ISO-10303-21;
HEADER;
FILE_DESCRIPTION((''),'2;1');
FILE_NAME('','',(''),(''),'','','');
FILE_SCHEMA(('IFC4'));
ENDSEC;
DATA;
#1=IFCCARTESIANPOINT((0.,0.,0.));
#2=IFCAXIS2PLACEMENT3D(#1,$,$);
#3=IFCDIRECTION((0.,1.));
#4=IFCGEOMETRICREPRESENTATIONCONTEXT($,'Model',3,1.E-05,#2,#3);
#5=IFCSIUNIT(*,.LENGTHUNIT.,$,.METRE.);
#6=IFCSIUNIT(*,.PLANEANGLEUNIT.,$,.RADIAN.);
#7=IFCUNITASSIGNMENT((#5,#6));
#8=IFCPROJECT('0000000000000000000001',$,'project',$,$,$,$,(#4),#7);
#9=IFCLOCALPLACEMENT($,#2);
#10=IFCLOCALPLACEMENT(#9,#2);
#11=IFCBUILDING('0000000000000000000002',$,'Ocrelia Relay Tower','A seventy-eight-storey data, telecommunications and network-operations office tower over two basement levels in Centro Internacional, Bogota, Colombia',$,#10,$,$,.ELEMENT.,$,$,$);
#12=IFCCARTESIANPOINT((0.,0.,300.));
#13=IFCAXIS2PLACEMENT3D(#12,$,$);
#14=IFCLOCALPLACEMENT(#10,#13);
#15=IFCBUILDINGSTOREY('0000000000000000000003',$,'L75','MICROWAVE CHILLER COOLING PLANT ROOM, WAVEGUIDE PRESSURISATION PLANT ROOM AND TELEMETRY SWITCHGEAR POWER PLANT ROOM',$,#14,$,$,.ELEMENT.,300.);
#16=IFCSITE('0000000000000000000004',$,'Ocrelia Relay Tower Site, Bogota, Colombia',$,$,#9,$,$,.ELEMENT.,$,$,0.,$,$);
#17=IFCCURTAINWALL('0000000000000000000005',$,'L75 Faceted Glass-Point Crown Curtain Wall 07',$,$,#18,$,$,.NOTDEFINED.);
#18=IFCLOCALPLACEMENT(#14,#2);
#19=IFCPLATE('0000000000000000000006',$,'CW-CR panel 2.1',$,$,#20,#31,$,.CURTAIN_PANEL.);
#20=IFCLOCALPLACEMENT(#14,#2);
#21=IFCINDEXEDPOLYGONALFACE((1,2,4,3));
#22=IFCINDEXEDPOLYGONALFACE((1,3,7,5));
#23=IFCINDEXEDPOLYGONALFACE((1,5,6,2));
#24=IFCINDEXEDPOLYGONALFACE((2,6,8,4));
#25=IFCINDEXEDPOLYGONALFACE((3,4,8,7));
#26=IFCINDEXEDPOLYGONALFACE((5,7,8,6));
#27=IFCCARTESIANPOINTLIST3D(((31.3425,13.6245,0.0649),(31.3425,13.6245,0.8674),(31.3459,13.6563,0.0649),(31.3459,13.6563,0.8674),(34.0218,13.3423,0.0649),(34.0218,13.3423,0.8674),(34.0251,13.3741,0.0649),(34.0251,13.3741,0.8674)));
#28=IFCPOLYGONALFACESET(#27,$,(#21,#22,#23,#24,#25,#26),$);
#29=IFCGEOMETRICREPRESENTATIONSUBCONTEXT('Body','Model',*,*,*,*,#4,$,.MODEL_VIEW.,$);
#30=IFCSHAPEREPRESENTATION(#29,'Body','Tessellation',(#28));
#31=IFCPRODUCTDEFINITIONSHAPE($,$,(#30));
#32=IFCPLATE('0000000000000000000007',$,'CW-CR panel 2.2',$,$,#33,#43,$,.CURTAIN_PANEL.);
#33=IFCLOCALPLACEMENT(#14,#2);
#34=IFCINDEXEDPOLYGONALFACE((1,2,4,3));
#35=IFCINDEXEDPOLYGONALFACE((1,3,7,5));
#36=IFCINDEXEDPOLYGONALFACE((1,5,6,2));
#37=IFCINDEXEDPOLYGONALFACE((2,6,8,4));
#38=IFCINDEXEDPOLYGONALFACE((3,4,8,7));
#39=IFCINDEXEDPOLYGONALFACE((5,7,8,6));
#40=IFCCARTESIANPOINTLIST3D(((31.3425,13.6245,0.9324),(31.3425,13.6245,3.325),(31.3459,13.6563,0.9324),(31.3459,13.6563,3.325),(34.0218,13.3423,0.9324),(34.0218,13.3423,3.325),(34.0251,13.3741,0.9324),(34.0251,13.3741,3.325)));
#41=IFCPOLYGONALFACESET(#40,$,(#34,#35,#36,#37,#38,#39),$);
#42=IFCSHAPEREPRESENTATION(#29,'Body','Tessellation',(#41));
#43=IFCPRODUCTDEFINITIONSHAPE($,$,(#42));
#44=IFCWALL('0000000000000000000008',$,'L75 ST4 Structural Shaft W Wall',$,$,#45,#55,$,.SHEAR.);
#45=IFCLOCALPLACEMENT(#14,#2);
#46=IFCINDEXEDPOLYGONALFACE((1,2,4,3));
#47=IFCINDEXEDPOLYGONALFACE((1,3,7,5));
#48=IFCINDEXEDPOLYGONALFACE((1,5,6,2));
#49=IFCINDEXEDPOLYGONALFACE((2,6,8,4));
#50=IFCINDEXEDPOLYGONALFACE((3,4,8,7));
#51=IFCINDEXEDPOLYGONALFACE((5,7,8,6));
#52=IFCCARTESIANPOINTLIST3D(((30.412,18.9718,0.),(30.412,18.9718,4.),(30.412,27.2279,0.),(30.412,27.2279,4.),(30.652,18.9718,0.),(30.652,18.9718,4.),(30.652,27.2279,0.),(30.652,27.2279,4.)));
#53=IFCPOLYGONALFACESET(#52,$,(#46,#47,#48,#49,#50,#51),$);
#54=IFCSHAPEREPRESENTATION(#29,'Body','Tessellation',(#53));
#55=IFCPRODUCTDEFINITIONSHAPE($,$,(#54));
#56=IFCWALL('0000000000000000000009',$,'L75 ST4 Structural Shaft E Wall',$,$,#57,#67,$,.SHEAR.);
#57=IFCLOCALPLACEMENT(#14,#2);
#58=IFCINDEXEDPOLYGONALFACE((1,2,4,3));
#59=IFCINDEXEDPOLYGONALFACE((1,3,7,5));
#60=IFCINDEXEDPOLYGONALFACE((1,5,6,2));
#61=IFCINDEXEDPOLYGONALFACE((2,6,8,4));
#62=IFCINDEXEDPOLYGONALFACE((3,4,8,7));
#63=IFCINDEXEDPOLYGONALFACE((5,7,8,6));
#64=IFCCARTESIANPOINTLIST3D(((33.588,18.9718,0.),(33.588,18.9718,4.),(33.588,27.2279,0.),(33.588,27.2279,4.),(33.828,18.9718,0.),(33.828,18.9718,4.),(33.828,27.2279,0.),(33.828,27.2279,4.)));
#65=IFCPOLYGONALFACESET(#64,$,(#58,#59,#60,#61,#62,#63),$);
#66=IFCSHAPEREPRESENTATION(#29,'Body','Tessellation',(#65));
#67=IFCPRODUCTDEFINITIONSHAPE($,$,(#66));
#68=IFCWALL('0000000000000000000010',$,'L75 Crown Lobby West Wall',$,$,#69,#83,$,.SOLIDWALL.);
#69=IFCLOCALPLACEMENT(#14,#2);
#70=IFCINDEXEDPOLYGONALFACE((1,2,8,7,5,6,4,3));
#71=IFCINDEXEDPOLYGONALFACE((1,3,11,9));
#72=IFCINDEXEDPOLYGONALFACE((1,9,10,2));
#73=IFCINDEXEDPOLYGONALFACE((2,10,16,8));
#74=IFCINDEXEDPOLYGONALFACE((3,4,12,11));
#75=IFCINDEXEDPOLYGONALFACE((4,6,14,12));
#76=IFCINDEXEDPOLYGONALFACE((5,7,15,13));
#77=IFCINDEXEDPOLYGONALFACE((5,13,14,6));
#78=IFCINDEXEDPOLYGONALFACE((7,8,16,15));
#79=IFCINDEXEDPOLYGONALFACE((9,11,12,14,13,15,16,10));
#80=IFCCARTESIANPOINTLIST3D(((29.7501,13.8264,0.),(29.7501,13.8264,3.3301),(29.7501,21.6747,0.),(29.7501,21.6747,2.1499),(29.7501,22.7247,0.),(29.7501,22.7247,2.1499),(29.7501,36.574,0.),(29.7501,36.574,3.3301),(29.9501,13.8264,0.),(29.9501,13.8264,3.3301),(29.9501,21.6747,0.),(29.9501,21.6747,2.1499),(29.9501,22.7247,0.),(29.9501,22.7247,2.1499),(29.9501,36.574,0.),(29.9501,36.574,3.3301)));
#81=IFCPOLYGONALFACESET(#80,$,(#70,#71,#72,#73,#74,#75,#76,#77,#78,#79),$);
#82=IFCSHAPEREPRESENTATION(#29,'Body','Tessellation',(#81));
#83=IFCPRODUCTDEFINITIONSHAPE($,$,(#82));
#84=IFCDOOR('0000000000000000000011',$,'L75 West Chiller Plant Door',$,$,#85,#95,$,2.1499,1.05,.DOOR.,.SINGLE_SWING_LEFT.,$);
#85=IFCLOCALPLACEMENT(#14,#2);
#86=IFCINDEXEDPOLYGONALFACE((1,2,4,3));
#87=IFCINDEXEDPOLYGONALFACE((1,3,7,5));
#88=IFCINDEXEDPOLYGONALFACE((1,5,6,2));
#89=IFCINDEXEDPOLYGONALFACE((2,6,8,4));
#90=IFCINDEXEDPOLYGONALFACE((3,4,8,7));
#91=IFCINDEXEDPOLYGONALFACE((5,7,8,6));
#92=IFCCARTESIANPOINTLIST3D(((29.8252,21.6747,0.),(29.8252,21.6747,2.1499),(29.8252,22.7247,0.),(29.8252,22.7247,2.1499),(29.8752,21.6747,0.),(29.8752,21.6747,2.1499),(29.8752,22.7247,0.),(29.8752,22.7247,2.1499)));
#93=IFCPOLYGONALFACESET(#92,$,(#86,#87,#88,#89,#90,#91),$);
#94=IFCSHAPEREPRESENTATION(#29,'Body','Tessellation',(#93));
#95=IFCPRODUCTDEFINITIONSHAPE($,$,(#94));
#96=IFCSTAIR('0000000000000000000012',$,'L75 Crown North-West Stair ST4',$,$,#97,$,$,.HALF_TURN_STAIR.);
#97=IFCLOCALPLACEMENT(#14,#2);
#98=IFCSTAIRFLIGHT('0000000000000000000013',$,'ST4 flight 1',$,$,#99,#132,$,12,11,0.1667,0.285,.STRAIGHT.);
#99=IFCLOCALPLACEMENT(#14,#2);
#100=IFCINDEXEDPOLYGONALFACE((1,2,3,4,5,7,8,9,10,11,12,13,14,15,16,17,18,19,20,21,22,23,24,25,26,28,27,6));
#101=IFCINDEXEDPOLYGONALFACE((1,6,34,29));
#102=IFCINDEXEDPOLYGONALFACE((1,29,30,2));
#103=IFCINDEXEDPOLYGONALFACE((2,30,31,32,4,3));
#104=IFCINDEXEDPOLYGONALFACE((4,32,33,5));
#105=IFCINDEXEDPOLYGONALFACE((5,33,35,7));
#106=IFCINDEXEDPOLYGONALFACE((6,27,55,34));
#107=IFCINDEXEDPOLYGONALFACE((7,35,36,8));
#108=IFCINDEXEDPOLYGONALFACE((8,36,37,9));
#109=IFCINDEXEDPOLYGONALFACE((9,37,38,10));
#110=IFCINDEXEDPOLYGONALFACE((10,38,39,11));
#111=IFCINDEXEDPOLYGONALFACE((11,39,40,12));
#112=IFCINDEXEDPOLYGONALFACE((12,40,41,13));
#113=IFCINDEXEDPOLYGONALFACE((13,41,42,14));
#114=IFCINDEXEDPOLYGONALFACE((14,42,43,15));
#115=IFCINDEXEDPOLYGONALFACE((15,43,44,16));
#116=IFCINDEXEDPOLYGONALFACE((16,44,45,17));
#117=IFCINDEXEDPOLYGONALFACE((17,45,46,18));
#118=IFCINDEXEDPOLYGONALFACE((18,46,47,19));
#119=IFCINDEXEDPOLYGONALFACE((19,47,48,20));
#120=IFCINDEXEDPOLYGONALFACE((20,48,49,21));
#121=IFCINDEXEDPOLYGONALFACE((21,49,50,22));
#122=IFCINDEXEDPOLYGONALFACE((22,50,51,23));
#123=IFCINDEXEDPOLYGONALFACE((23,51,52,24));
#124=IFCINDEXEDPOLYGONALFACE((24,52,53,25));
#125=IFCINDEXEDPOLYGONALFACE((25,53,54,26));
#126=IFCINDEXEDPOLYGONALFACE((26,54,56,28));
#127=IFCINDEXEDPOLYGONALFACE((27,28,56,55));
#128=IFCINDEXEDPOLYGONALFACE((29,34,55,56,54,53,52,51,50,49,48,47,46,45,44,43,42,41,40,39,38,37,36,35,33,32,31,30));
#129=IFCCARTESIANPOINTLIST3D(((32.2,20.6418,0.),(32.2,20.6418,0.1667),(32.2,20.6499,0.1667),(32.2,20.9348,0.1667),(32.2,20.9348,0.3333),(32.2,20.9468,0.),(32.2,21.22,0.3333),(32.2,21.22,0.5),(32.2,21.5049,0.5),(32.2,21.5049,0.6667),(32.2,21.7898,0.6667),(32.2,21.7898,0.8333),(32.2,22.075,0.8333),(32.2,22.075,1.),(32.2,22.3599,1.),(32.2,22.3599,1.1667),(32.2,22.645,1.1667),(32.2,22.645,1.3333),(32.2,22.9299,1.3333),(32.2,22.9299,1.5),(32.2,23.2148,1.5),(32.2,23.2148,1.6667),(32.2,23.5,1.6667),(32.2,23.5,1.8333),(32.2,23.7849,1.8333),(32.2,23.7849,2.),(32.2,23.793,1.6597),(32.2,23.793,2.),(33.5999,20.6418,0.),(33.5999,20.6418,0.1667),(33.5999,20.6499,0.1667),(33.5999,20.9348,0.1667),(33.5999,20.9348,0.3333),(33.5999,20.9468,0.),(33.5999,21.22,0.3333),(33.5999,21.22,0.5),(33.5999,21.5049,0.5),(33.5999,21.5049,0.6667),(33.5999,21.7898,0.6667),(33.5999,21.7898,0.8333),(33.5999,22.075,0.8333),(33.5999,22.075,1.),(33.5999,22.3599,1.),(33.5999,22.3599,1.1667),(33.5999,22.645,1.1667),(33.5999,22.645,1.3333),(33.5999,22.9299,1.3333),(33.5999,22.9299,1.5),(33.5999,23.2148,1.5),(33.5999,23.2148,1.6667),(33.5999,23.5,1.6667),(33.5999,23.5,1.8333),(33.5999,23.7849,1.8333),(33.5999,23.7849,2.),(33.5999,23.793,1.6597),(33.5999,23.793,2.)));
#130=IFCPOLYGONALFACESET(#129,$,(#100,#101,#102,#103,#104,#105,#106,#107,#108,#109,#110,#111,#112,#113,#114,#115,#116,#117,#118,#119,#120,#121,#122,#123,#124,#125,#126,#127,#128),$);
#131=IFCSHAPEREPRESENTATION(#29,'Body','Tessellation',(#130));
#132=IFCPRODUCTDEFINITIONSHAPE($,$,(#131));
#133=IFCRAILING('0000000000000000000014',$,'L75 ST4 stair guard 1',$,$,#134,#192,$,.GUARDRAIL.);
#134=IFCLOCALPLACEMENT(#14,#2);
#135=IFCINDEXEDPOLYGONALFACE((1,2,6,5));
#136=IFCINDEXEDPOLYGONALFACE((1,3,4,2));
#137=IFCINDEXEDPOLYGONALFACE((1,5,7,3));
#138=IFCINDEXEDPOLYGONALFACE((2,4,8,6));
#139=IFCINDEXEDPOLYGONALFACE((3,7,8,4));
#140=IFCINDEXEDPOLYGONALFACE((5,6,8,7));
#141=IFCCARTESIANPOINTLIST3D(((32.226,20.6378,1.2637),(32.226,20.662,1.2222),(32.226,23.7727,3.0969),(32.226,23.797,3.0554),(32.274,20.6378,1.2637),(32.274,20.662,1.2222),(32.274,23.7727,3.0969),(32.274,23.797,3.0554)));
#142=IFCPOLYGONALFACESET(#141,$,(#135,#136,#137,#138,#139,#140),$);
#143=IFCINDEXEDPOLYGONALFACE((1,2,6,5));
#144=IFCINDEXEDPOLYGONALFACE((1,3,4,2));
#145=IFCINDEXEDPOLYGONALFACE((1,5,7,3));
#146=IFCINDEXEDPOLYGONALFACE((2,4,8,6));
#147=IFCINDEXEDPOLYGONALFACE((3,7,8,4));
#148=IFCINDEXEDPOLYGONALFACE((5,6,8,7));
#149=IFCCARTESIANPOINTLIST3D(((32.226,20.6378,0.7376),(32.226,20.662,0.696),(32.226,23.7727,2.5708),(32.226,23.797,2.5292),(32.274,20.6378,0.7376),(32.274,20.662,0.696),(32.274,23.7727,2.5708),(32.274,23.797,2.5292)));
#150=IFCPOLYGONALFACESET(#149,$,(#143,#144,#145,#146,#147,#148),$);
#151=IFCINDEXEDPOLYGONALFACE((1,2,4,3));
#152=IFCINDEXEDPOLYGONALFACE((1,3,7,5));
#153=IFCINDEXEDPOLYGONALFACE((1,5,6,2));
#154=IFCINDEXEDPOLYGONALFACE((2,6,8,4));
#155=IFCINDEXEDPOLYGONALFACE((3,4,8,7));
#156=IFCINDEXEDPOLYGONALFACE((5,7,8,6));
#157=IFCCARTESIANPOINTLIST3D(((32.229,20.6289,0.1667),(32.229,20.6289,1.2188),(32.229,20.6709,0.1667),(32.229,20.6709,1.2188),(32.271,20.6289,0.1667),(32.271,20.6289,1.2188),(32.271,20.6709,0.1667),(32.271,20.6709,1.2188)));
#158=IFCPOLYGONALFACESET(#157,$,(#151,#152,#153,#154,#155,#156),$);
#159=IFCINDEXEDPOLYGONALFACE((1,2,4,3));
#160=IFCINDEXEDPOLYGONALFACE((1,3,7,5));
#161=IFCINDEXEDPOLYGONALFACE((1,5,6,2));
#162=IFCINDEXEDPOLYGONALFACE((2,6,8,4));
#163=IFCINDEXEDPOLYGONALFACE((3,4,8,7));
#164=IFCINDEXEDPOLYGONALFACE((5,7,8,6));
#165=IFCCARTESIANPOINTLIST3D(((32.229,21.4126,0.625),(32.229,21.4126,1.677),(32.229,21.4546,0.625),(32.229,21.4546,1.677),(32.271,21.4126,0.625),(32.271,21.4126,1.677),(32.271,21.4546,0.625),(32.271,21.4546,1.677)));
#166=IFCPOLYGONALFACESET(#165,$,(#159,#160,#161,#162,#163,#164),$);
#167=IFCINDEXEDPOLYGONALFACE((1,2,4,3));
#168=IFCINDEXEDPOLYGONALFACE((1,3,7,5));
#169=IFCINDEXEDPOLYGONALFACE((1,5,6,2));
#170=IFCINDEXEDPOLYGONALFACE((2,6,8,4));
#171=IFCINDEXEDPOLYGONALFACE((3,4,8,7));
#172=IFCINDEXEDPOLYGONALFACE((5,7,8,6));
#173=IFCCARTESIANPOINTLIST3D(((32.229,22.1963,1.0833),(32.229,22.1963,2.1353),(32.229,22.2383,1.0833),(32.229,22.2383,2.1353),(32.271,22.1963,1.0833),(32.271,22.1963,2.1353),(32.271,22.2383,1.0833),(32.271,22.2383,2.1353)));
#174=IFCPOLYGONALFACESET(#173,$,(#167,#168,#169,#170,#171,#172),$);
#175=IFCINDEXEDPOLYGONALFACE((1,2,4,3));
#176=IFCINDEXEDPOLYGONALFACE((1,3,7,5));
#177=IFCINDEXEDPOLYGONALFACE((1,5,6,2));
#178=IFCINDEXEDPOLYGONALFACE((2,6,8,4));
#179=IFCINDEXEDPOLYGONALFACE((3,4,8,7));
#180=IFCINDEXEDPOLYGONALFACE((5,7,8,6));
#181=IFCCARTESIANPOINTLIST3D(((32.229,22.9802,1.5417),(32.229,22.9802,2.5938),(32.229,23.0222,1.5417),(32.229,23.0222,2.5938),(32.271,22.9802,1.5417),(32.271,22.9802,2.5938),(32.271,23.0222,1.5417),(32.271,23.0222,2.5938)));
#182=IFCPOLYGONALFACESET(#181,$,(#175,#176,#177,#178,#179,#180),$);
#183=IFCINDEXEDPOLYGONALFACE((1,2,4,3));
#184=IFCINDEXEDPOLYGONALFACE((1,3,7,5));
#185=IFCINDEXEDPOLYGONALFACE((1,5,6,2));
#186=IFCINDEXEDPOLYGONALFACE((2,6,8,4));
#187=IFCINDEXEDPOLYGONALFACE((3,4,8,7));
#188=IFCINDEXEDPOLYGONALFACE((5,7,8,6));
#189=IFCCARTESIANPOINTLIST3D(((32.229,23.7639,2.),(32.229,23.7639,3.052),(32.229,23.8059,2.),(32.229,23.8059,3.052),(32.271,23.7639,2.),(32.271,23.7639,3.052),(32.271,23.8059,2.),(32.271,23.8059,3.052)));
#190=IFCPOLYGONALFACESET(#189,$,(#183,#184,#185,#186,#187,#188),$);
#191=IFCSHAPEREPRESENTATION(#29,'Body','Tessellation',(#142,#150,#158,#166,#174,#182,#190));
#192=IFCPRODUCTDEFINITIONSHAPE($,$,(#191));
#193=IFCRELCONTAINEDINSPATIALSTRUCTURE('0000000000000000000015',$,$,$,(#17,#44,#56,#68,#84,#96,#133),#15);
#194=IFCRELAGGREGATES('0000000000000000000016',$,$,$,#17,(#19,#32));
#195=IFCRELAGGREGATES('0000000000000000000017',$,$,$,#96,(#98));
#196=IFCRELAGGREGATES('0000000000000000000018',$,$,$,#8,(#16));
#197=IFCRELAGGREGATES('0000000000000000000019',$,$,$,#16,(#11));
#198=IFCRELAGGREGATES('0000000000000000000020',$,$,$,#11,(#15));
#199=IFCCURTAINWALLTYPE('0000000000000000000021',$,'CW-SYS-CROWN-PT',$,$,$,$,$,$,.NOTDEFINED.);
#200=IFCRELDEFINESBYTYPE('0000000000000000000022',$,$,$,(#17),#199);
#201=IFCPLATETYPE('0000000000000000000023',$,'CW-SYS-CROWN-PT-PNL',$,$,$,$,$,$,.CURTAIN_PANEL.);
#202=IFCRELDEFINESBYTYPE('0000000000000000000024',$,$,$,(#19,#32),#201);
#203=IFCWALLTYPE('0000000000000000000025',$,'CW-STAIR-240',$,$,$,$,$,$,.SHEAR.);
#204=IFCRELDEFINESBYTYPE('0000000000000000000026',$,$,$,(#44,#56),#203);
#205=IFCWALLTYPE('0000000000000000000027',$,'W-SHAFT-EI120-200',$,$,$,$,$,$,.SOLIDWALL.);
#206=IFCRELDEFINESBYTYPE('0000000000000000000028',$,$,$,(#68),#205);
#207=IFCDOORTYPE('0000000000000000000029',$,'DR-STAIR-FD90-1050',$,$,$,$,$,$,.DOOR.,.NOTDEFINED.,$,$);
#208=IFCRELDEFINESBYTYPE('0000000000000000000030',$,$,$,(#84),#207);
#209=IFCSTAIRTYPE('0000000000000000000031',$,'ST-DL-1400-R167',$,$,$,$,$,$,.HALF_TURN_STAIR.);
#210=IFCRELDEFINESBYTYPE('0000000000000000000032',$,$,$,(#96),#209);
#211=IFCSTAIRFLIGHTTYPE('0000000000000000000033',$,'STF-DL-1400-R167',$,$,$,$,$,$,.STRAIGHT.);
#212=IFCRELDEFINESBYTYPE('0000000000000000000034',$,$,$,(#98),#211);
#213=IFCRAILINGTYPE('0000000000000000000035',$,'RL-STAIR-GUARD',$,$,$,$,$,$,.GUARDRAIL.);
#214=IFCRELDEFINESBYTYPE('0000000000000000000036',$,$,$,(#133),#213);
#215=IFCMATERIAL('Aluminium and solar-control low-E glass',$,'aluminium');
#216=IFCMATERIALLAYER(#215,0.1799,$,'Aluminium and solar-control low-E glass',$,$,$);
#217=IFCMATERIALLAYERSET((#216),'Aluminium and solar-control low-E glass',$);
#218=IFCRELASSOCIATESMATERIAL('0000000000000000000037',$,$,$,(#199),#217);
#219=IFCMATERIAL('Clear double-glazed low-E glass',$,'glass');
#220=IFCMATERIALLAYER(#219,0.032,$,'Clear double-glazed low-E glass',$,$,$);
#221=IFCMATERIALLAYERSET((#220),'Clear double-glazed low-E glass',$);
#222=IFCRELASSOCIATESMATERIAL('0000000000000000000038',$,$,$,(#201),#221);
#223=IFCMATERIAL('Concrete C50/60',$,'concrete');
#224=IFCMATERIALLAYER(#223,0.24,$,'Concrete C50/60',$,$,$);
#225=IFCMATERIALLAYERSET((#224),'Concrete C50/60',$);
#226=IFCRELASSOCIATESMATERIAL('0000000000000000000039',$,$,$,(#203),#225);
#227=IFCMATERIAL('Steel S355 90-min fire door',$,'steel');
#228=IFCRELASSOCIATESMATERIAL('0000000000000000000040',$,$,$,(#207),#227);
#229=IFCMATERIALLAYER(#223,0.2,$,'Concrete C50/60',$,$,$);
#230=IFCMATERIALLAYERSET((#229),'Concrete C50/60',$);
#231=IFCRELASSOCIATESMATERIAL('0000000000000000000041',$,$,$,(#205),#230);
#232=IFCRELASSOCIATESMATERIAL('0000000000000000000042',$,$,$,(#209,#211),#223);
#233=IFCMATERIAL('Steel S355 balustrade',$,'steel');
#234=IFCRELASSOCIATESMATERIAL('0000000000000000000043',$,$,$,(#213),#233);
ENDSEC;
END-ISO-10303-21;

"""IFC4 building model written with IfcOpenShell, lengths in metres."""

from ifc_helpers import new_model, si_unit, direction, frame, frame_2d, origin, origin_2d, place, context, subcontext, project, spatial, polyline, rectangle, outline, extrude, material, layer, layer_set, type_object, element, fill, aggregate, save


model = new_model("IFC4")

# Units and contexts
model_context = context("Model", 3, precision=1e-05, world=origin(), true_north=direction((0.0, 1.0)))
body_context = subcontext(model_context, "Body", "Model", "MODEL_VIEW")
ifc_project = project(units=[si_unit("LENGTHUNIT", "METRE"), si_unit("PLANEANGLEUNIT", "RADIAN")], contexts=[model_context])

# Site, building, storey
site_placement = place(None, origin())
site = spatial("IfcSite", under=ifc_project, at=site_placement, Name="Ocrelia Relay Tower Site, Bogota, Colombia", CompositionType="ELEMENT", RefElevation=0.0)
building_placement = place(site_placement, origin())
building = spatial("IfcBuilding", under=site, at=building_placement, Name="Ocrelia Relay Tower", Description="A seventy-eight-storey data, telecommunications and network-operations office tower over two basement levels in Centro Internacional, Bogota, Colombia", CompositionType="ELEMENT")
storey_placement = place(building_placement, frame((0.0, 0.0, 300.0)))
storey = spatial("IfcBuildingStorey", under=building, at=storey_placement, Name="L75", Description="MICROWAVE CHILLER COOLING PLANT ROOM, WAVEGUIDE PRESSURISATION PLANT ROOM AND TELEMETRY SWITCHGEAR POWER PLANT ROOM", CompositionType="ELEMENT", Elevation=300.0)

# Curtain wall
ifc_material_1 = material(Name="Aluminium and solar-control low-E glass", Category="aluminium")
ifc_layer_1 = layer(ifc_material_1, 0.1799, Name="Aluminium and solar-control low-E glass")
ifc_layer_set_1 = layer_set([ifc_layer_1], Name="Aluminium and solar-control low-E glass")
curtain_wall_type = type_object("IfcCurtainWallType", Name="CW-SYS-CROWN-PT", PredefinedType="NOTDEFINED", material=ifc_layer_set_1)
curtain_wall_1_placement = place(storey_placement, origin())
curtain_wall_1 = element("IfcCurtainWall", 1, at=curtain_wall_1_placement, inside=storey, type_object=curtain_wall_type, Name="L75 Faceted Glass-Point Crown Curtain Wall 07", PredefinedType="NOTDEFINED")

# Plates
ifc_material_2 = material(Name="Clear double-glazed low-E glass", Category="glass")
ifc_layer_2 = layer(ifc_material_2, 0.032, Name="Clear double-glazed low-E glass")
ifc_layer_set_2 = layer_set([ifc_layer_2], Name="Clear double-glazed low-E glass")
plate_type = type_object("IfcPlateType", Name="CW-SYS-CROWN-PT-PNL", PredefinedType="CURTAIN_PANEL", material=ifc_layer_set_2)
plate_1_placement = place(storey_placement, frame((32.6838, 13.4993, 0.0649), z_axis=(0.0, 0.0, 1.0), x_axis=(0.994498, -0.104755, 0.0)))
plate_1 = element("IfcPlate", 2, at=plate_1_placement, type_object=plate_type, Name="CW-CR panel 2.1", PredefinedType="CURTAIN_PANEL", context=body_context, shape_type="SweptSolid", body=[
    extrude(rectangle(XDim=2.6941, YDim=0.032, at=origin_2d()), origin(), (0.0, 0.0, 1.0), 0.8025),
])
plate_2_placement = place(storey_placement, frame((32.6838, 13.4993, 0.9324), z_axis=(0.0, 0.0, 1.0), x_axis=(0.994498, -0.104755, 0.0)))
plate_2 = element("IfcPlate", 3, at=plate_2_placement, type_object=plate_type, Name="CW-CR panel 2.2", PredefinedType="CURTAIN_PANEL", context=body_context, shape_type="SweptSolid", body=[
    extrude(rectangle(XDim=2.6941, YDim=0.032, at=origin_2d()), origin(), (0.0, 0.0, 1.0), 2.3926),
])
aggregate(curtain_wall_1, [plate_1, plate_2])

# Shared definitions
ifc_material_3 = material(Name="Concrete C50/60", Category="concrete")
ifc_layer_3 = layer(ifc_material_3, 0.24, Name="Concrete C50/60")
ifc_layer_set_3 = layer_set([ifc_layer_3], Name="Concrete C50/60")
wall_type_1 = type_object("IfcWallType", Name="CW-STAIR-240", PredefinedType="SHEAR", material=ifc_layer_set_3)
ifc_material_4 = material(Name="Steel S355 90-min fire door", Category="steel")
door_type = type_object("IfcDoorType", Name="DR-STAIR-FD90-1050", OperationType="NOTDEFINED", PredefinedType="DOOR", material=ifc_material_4)

# Walls
for number, where, z_axis, x_axis, name in (
    (4, (30.532, 18.9719, 0.0), (0.0, 0.0, 1.0), (0.0, 1.0, 0.0), "L75 ST4 Structural Shaft W Wall"),
    (5, (33.708, 18.9719, 0.0), (0.0, 0.0, 1.0), (0.0, 1.0, 0.0), "L75 ST4 Structural Shaft E Wall"),
):
    element("IfcWall", number, at=place(storey_placement, frame(where, z_axis=z_axis, x_axis=x_axis)), inside=storey, type_object=wall_type_1, Name=name, PredefinedType="SHEAR", context=body_context, shape_type="SweptSolid", body=[
        extrude(rectangle(XDim=8.2561, YDim=0.24, at=frame_2d((4.1279, 0.0))), origin(), (0.0, 0.0, 1.0), 4.0),
    ])

# Wall, opening, door
ifc_layer_4 = layer(ifc_material_3, 0.2, Name="Concrete C50/60")
ifc_layer_set_4 = layer_set([ifc_layer_4], Name="Concrete C50/60")
wall_type_2 = type_object("IfcWallType", Name="W-SHAFT-EI120-200", PredefinedType="SOLIDWALL", material=ifc_layer_set_4)
wall_1_placement = place(storey_placement, frame((29.8501, 13.8264, 0.0), z_axis=(0.0, 0.0, 1.0), x_axis=(0.0, 1.0, 0.0)))
wall_1 = element("IfcWall", 6, at=wall_1_placement, inside=storey, type_object=wall_type_2, Name="L75 Crown Lobby West Wall", PredefinedType="SOLIDWALL", context=body_context, shape_type="SweptSolid", body=[
    extrude(rectangle(XDim=22.7476, YDim=0.2, at=frame_2d((11.3738, 0.0))), origin(), (0.0, 0.0, 1.0), 3.3301),
])
opening_1_placement = place(wall_1_placement, frame((7.8484, 0.0, 0.0)))
opening_1 = element("IfcOpeningElement", 7, at=opening_1_placement, cuts=wall_1, PredefinedType="OPENING", context=body_context, shape_type="SweptSolid", body=[
    extrude(rectangle(XDim=1.05, YDim=2.1499, at=frame_2d((0.5249, 1.075))), frame((0.0, 0.1099, 0.0), z_axis=(0.0, -1.0, 0.0), x_axis=(1.0, 0.0, 0.0)), (0.0, 0.0, 1.0), 0.22),
])
door_1_placement = place(opening_1_placement, origin())
door_1 = element("IfcDoor", 8, at=door_1_placement, inside=storey, type_object=door_type, Name="L75 West Chiller Plant Door", OperationType="SINGLE_SWING_LEFT", OverallHeight=2.1499, OverallWidth=1.05, PredefinedType="DOOR", context=body_context, shape_type="SweptSolid", body=[
    extrude(rectangle(XDim=1.05, YDim=2.1499, at=frame_2d((0.5249, 1.075))), frame((0.0, 0.0249, 0.0), z_axis=(0.0, -1.0, 0.0), x_axis=(1.0, 0.0, 0.0)), (0.0, 0.0, 1.0), 0.05),
])
fill(opening_1, door_1)

# Stair, stair flight
stair_type = type_object("IfcStairType", Name="ST-DL-1400-R167", PredefinedType="HALF_TURN_STAIR", material=ifc_material_3)
stair_placement = place(storey_placement, origin())
stair = element("IfcStair", 9, at=stair_placement, inside=storey, type_object=stair_type, Name="L75 Crown North-West Stair ST4", PredefinedType="HALF_TURN_STAIR")
stair_flight_type = type_object("IfcStairFlightType", Name="STF-DL-1400-R167", PredefinedType="STRAIGHT", material=ifc_material_3)
stair_flight_placement = place(storey_placement, frame((32.8999, 20.6499, 0.0), z_axis=(0.0, 0.0, 1.0), x_axis=(0.0, 1.0, 0.0)))
stair_flight = element("IfcStairFlight", 10, at=stair_flight_placement, type_object=stair_flight_type, Name="ST4 flight 1", NumberOfRisers=12, NumberOfTreads=11, PredefinedType="STRAIGHT", RiserHeight=0.1667, TreadLength=0.285, context=body_context, shape_type="SweptSolid", body=[
    extrude(outline(polyline([(-0.0081, 0.0), (-0.0081, 0.1667), (0.0, 0.1667), (0.2849, 0.1667), (0.2849, 0.3333), (0.5701, 0.3333), (0.5701, 0.5), (0.855, 0.5), (0.855, 0.6667), (1.1399, 0.6667), (1.1399, 0.8333), (1.425, 0.8333), (1.425, 1.0), (1.71, 1.0), (1.71, 1.1667), (1.9951, 1.1667), (1.9951, 1.3333), (2.28, 1.3333), (2.28, 1.5), (2.5649, 1.5), (2.5649, 1.6667), (2.8501, 1.6667), (2.8501, 1.8333), (3.135, 1.8333), (3.135, 2.0), (3.1431, 2.0), (3.1431, 1.6597), (0.2969, 0.0), (-0.0081, 0.0)])), frame((0.0, 0.7, 0.0), z_axis=(0.0, -1.0, 0.0), x_axis=(1.0, 0.0, 0.0)), (0.0, 0.0, 1.0), 1.3999),
])
aggregate(stair, [stair_flight])

# Railing
ifc_material_5 = material(Name="Steel S355 balustrade", Category="steel")
railing_type_1 = type_object("IfcRailingType", Name="RL-STAIR-GUARD", PredefinedType="GUARDRAIL", material=ifc_material_5)
railing_1_placement = place(storey_placement, frame((32.25, 20.6499, 0.1667)))
element("IfcRailing", 11, at=railing_1_placement, inside=storey, type_object=railing_type_1, Name="L75 ST4 stair guard 1", PredefinedType="GUARDRAIL", context=body_context, shape_type="SweptSolid", body=[
    extrude(rectangle(XDim=0.0481, YDim=0.0481, at=origin_2d()), frame((0.0, 0.0, 1.0762), z_axis=(0.0, 0.86324, 0.504794), x_axis=(-1.0, 0.0, 0.0)), (0.0, 0.0, 1.0), 3.6316),
    extrude(rectangle(XDim=0.0481, YDim=0.0481, at=origin_2d()), frame((0.0, 0.0, 0.55), z_axis=(0.0, 0.86324, 0.504794), x_axis=(-1.0, 0.0, 0.0)), (0.0, 0.0, 1.0), 3.6316),
    extrude(rectangle(XDim=0.042, YDim=0.042, at=origin_2d()), origin(), (0.0, 0.0, 1.0), 1.052),
    extrude(rectangle(XDim=0.042, YDim=0.042, at=origin_2d()), frame((0.0, 0.7837, 0.4583)), (0.0, 0.0, 1.0), 1.052),
    extrude(rectangle(XDim=0.042, YDim=0.042, at=origin_2d()), frame((0.0, 1.5674, 0.9165)), (0.0, 0.0, 1.0), 1.052),
    extrude(rectangle(XDim=0.042, YDim=0.042, at=origin_2d()), frame((0.0, 2.3513, 1.375)), (0.0, 0.0, 1.0), 1.052),
    extrude(rectangle(XDim=0.042, YDim=0.042, at=origin_2d()), frame((0.0, 3.135, 1.8333)), (0.0, 0.0, 1.0), 1.052),
])

save(model, "model.ifc")
